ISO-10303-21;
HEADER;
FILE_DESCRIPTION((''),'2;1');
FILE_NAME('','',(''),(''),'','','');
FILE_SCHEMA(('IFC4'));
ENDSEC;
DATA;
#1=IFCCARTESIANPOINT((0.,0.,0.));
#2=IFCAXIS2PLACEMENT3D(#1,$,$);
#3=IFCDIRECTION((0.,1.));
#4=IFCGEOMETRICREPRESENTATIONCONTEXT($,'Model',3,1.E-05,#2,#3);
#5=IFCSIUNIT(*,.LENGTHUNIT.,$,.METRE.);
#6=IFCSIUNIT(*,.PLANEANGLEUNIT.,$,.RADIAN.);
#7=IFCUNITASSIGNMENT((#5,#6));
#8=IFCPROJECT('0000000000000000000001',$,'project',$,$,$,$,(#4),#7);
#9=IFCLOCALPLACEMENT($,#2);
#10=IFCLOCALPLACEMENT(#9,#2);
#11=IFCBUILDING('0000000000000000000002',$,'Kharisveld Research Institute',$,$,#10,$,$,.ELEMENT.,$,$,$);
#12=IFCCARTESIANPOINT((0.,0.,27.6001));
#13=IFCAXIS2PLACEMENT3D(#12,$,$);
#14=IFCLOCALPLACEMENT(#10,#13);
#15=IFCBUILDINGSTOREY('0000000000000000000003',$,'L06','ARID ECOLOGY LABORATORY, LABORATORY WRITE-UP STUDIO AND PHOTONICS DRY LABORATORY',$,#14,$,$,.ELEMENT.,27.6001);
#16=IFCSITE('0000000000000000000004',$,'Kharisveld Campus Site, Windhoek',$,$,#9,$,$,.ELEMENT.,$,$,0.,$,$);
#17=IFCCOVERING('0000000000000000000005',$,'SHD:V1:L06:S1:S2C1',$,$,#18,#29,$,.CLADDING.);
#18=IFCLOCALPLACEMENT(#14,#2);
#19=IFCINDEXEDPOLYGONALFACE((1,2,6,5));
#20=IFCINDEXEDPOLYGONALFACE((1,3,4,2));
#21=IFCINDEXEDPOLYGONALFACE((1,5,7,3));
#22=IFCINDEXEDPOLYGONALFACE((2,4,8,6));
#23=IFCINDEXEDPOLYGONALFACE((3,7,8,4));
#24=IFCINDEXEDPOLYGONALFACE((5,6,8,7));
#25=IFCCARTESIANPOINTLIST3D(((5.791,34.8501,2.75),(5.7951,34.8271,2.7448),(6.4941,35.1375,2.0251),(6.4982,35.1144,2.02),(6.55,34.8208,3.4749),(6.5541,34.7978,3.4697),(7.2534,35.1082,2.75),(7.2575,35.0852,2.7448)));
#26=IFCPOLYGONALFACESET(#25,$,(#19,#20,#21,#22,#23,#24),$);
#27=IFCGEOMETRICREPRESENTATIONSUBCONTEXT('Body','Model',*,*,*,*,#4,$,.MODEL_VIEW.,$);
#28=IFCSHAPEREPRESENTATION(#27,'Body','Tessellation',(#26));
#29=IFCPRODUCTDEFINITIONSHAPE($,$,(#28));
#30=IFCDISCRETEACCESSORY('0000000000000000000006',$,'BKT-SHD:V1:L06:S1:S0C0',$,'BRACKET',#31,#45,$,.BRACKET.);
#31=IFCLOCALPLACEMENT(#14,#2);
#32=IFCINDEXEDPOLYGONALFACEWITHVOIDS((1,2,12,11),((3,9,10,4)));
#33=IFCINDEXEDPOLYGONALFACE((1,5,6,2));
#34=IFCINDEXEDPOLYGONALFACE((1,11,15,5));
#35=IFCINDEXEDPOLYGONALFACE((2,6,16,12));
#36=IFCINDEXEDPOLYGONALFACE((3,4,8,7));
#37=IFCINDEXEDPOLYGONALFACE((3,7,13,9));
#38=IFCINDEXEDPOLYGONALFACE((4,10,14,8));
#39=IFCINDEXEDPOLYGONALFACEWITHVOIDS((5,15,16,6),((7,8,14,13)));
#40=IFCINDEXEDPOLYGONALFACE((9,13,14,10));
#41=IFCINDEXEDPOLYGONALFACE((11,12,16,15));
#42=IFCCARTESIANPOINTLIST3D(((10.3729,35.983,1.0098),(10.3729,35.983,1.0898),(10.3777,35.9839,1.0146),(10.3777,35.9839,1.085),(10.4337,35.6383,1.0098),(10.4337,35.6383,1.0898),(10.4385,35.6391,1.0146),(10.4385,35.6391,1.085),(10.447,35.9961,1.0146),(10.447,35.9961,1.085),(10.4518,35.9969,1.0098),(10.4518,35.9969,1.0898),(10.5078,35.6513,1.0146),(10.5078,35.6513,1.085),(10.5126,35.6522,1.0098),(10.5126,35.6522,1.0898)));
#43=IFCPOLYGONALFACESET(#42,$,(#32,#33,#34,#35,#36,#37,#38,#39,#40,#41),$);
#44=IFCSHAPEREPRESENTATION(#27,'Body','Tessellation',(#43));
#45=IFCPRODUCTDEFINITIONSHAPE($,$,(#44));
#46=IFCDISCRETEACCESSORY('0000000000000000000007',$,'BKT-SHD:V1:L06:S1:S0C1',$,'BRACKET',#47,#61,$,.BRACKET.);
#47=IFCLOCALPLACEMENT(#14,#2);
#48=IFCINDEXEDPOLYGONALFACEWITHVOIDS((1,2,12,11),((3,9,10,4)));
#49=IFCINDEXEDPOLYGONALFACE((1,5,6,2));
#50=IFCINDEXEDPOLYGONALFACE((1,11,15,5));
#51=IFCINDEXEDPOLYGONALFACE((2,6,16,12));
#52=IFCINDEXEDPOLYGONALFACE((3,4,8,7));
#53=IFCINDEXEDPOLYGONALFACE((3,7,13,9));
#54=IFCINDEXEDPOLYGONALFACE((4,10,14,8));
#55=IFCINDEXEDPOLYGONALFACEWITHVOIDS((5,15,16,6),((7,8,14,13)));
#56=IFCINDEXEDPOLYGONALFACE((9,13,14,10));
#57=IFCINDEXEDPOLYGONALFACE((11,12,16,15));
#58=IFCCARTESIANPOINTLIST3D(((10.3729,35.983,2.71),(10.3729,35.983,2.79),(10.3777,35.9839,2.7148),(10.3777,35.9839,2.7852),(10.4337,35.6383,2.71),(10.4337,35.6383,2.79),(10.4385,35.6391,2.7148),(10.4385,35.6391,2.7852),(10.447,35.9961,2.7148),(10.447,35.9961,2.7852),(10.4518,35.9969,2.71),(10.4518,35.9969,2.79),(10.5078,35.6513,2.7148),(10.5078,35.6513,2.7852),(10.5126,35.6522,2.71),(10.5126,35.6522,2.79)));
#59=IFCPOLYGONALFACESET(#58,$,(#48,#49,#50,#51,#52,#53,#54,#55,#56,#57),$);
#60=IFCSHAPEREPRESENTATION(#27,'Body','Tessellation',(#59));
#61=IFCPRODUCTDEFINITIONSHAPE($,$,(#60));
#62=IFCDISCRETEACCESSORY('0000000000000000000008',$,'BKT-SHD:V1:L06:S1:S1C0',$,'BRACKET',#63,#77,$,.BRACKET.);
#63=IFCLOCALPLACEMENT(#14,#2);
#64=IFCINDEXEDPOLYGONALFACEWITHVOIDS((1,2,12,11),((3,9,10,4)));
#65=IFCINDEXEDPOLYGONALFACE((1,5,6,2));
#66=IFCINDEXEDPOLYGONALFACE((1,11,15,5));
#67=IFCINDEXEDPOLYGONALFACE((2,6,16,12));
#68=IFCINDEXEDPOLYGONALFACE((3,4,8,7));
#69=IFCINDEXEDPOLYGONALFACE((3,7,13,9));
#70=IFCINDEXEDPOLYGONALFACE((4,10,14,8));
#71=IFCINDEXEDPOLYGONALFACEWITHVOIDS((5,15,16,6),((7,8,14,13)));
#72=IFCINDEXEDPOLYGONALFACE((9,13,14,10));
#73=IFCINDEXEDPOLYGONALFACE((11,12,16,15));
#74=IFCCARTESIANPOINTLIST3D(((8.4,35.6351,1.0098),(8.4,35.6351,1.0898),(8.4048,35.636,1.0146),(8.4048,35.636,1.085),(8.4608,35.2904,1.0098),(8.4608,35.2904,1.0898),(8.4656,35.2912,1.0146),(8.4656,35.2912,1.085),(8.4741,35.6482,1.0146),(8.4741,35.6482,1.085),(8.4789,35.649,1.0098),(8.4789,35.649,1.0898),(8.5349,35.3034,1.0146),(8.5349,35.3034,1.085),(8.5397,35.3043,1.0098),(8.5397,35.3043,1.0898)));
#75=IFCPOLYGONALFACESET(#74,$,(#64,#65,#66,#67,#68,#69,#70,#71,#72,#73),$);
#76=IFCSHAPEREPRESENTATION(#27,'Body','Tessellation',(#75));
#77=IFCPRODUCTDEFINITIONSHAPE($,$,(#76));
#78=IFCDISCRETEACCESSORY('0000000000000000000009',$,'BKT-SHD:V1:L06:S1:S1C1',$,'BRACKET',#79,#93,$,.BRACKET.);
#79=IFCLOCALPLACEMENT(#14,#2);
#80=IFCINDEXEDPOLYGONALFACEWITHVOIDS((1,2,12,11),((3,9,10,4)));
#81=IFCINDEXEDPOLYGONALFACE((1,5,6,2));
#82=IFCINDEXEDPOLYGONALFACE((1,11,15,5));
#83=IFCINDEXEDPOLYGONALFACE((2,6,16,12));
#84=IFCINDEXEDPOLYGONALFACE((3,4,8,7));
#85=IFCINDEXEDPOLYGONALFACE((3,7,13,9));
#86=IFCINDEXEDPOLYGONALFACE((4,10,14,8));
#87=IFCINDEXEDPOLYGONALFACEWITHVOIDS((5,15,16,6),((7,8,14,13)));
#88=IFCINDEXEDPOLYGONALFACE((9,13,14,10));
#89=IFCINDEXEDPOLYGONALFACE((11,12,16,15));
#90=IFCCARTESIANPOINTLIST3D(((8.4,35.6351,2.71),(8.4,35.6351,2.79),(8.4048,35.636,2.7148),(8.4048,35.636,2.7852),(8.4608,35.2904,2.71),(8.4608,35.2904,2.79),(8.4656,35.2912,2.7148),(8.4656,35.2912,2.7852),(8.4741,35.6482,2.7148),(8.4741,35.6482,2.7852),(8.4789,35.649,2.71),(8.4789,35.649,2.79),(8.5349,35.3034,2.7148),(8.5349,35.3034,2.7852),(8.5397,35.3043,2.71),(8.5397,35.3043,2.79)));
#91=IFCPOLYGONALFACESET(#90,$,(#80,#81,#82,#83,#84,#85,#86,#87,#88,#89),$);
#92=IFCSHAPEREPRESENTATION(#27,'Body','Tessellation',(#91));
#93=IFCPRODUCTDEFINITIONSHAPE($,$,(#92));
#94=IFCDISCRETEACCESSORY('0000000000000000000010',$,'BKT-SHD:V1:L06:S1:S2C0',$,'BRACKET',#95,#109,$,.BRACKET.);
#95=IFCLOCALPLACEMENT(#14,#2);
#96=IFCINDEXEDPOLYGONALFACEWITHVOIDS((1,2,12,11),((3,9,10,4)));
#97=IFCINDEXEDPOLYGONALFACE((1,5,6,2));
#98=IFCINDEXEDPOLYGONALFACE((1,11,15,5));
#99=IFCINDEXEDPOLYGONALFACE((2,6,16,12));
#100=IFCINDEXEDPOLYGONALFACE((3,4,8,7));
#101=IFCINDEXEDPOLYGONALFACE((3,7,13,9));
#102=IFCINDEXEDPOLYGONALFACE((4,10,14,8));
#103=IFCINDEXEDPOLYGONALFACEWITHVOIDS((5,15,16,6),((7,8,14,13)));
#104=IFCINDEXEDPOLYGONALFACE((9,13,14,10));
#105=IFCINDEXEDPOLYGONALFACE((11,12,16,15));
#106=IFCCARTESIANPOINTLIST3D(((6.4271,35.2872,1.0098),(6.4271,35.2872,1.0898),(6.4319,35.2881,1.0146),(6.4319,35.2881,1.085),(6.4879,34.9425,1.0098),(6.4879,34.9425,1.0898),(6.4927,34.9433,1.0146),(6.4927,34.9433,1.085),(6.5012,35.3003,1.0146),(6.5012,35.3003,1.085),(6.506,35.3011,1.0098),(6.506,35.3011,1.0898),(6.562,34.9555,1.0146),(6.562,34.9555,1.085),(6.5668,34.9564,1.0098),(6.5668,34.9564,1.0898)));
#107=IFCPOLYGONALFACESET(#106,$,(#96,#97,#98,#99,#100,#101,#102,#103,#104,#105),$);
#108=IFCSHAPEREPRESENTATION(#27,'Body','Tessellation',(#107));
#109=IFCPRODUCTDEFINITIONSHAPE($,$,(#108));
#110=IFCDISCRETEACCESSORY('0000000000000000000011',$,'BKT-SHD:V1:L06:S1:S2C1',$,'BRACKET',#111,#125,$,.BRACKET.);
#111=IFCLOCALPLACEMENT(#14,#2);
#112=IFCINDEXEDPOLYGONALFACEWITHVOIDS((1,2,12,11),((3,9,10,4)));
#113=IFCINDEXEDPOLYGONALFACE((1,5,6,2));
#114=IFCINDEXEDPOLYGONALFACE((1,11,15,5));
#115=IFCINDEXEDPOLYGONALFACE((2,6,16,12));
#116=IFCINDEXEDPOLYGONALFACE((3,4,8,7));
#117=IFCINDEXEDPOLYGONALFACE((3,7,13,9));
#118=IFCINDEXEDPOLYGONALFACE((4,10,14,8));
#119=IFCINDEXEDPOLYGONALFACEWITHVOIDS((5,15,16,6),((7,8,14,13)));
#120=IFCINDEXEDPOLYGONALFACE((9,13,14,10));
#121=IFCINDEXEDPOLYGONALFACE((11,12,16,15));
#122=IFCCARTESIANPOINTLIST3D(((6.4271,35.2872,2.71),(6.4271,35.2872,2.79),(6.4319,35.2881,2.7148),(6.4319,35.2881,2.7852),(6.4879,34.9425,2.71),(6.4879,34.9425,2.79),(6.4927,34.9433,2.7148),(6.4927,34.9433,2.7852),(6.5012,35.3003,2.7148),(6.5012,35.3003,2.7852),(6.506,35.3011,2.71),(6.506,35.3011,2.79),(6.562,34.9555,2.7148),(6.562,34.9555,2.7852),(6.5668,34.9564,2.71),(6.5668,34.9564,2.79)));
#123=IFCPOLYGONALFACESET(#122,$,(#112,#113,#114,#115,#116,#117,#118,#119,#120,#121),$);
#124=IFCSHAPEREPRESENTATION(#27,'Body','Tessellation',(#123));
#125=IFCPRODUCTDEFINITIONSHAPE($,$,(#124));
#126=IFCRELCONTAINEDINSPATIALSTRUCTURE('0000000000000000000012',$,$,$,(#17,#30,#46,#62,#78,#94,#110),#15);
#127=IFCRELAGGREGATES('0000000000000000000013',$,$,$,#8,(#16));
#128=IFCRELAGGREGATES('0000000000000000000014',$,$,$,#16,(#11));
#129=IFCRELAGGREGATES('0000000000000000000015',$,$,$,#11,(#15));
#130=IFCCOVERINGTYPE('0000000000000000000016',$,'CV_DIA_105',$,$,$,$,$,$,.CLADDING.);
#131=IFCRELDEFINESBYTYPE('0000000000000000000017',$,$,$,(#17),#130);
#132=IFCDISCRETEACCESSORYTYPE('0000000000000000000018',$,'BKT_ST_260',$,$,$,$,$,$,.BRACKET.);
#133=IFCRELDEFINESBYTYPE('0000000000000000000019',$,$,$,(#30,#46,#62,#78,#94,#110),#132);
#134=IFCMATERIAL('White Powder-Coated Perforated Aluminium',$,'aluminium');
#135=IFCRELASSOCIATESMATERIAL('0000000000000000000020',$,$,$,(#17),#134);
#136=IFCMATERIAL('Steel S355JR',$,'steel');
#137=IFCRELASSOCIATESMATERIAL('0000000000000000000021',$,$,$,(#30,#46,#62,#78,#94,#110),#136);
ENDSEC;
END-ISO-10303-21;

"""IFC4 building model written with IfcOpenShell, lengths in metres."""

from ifc_helpers import new_model, si_unit, direction, frame, origin, origin_2d, place, context, subcontext, project, spatial, polyline, hollow_rectangle, outline, extrude, material, type_object, element, save


model = new_model("IFC4")

# Units and contexts
model_context = context("Model", 3, precision=1e-05, world=origin(), true_north=direction((0.0, 1.0)))
body_context = subcontext(model_context, "Body", "Model", "MODEL_VIEW")
ifc_project = project(units=[si_unit("LENGTHUNIT", "METRE"), si_unit("PLANEANGLEUNIT", "RADIAN")], contexts=[model_context])

# Site, building, storey
site_placement = place(None, origin())
site = spatial("IfcSite", under=ifc_project, at=site_placement, Name="Kharisveld Campus Site, Windhoek", CompositionType="ELEMENT", RefElevation=0.0)
building_placement = place(site_placement, origin())
building = spatial("IfcBuilding", under=site, at=building_placement, Name="Kharisveld Research Institute", CompositionType="ELEMENT")
storey_placement = place(building_placement, frame((0.0, 0.0, 27.6001)))
storey = spatial("IfcBuildingStorey", under=building, at=storey_placement, Name="L06", Description="ARID ECOLOGY LABORATORY, LABORATORY WRITE-UP STUDIO AND PHOTONICS DRY LABORATORY", CompositionType="ELEMENT", Elevation=27.6001)

# Covering
ifc_material_1 = material(Name="White Powder-Coated Perforated Aluminium", Category="aluminium")
covering_type = type_object("IfcCoveringType", Name="CV_DIA_105", PredefinedType="CLADDING")
for number, where, z_axis, x_axis, name in (
    (1, (6.4941, 35.1375, 2.0251), (-0.169653, 0.96142, 0.21654), (-0.669686, -0.273667, 0.690382), "SHD:V1:L06:S1:S2C1"),
):
    element("IfcCovering", number, at=place(storey_placement, frame(where, z_axis=z_axis, x_axis=x_axis)), inside=storey, type_object=covering_type, material=ifc_material_1, Name=name, PredefinedType="CLADDING", context=body_context, shape_type="SweptSolid", body=[
        extrude(outline(polyline([(0.0, 0.0), (1.0499, 0.0), (1.0501, 1.05), (0.0, 1.0501), (0.0, 0.0)])), origin(), (0.0, 0.0, -1.0), 0.0239),
    ])

# Discrete accessories
ifc_material_2 = material(Name="Steel S355JR", Category="steel")
discrete_accessory_type = type_object("IfcDiscreteAccessoryType", Name="BKT_ST_260", PredefinedType="BRACKET")
for number, where, z_axis, x_axis, name in (
    (2, (10.4124, 35.99, 1.0498), (0.173666, -0.984805, 0.0), (0.984805, 0.173666, 0.0), "BKT-SHD:V1:L06:S1:S0C0"),
    (3, (10.4124, 35.99, 2.75), (0.173666, -0.984805, 0.0), (0.984805, 0.173666, 0.0), "BKT-SHD:V1:L06:S1:S0C1"),
    (4, (8.4395, 35.6421, 1.0498), (0.173666, -0.984805, 0.0), (0.984805, 0.173666, 0.0), "BKT-SHD:V1:L06:S1:S1C0"),
    (5, (8.4395, 35.6421, 2.75), (0.173666, -0.984805, 0.0), (0.984805, 0.173666, 0.0), "BKT-SHD:V1:L06:S1:S1C1"),
    (6, (6.4666, 35.2942, 1.0498), (0.173666, -0.984805, 0.0), (0.984805, 0.173666, 0.0), "BKT-SHD:V1:L06:S1:S2C0"),
    (7, (6.4666, 35.2942, 2.75), (0.173666, -0.984805, 0.0), (0.984805, 0.173666, 0.0), "BKT-SHD:V1:L06:S1:S2C1"),
):
    element("IfcDiscreteAccessory", number, at=place(storey_placement, frame(where, z_axis=z_axis, x_axis=x_axis)), inside=storey, type_object=discrete_accessory_type, material=ifc_material_2, Name=name, ObjectType="BRACKET", PredefinedType="BRACKET", context=body_context, shape_type="SweptSolid", body=[
        extrude(hollow_rectangle(XDim=0.0801, YDim=0.0801, WallThickness=0.0049, at=origin_2d()), origin(), (0.0, 0.0, 1.0), 0.3501),
    ])

save(model, "model.ifc")
